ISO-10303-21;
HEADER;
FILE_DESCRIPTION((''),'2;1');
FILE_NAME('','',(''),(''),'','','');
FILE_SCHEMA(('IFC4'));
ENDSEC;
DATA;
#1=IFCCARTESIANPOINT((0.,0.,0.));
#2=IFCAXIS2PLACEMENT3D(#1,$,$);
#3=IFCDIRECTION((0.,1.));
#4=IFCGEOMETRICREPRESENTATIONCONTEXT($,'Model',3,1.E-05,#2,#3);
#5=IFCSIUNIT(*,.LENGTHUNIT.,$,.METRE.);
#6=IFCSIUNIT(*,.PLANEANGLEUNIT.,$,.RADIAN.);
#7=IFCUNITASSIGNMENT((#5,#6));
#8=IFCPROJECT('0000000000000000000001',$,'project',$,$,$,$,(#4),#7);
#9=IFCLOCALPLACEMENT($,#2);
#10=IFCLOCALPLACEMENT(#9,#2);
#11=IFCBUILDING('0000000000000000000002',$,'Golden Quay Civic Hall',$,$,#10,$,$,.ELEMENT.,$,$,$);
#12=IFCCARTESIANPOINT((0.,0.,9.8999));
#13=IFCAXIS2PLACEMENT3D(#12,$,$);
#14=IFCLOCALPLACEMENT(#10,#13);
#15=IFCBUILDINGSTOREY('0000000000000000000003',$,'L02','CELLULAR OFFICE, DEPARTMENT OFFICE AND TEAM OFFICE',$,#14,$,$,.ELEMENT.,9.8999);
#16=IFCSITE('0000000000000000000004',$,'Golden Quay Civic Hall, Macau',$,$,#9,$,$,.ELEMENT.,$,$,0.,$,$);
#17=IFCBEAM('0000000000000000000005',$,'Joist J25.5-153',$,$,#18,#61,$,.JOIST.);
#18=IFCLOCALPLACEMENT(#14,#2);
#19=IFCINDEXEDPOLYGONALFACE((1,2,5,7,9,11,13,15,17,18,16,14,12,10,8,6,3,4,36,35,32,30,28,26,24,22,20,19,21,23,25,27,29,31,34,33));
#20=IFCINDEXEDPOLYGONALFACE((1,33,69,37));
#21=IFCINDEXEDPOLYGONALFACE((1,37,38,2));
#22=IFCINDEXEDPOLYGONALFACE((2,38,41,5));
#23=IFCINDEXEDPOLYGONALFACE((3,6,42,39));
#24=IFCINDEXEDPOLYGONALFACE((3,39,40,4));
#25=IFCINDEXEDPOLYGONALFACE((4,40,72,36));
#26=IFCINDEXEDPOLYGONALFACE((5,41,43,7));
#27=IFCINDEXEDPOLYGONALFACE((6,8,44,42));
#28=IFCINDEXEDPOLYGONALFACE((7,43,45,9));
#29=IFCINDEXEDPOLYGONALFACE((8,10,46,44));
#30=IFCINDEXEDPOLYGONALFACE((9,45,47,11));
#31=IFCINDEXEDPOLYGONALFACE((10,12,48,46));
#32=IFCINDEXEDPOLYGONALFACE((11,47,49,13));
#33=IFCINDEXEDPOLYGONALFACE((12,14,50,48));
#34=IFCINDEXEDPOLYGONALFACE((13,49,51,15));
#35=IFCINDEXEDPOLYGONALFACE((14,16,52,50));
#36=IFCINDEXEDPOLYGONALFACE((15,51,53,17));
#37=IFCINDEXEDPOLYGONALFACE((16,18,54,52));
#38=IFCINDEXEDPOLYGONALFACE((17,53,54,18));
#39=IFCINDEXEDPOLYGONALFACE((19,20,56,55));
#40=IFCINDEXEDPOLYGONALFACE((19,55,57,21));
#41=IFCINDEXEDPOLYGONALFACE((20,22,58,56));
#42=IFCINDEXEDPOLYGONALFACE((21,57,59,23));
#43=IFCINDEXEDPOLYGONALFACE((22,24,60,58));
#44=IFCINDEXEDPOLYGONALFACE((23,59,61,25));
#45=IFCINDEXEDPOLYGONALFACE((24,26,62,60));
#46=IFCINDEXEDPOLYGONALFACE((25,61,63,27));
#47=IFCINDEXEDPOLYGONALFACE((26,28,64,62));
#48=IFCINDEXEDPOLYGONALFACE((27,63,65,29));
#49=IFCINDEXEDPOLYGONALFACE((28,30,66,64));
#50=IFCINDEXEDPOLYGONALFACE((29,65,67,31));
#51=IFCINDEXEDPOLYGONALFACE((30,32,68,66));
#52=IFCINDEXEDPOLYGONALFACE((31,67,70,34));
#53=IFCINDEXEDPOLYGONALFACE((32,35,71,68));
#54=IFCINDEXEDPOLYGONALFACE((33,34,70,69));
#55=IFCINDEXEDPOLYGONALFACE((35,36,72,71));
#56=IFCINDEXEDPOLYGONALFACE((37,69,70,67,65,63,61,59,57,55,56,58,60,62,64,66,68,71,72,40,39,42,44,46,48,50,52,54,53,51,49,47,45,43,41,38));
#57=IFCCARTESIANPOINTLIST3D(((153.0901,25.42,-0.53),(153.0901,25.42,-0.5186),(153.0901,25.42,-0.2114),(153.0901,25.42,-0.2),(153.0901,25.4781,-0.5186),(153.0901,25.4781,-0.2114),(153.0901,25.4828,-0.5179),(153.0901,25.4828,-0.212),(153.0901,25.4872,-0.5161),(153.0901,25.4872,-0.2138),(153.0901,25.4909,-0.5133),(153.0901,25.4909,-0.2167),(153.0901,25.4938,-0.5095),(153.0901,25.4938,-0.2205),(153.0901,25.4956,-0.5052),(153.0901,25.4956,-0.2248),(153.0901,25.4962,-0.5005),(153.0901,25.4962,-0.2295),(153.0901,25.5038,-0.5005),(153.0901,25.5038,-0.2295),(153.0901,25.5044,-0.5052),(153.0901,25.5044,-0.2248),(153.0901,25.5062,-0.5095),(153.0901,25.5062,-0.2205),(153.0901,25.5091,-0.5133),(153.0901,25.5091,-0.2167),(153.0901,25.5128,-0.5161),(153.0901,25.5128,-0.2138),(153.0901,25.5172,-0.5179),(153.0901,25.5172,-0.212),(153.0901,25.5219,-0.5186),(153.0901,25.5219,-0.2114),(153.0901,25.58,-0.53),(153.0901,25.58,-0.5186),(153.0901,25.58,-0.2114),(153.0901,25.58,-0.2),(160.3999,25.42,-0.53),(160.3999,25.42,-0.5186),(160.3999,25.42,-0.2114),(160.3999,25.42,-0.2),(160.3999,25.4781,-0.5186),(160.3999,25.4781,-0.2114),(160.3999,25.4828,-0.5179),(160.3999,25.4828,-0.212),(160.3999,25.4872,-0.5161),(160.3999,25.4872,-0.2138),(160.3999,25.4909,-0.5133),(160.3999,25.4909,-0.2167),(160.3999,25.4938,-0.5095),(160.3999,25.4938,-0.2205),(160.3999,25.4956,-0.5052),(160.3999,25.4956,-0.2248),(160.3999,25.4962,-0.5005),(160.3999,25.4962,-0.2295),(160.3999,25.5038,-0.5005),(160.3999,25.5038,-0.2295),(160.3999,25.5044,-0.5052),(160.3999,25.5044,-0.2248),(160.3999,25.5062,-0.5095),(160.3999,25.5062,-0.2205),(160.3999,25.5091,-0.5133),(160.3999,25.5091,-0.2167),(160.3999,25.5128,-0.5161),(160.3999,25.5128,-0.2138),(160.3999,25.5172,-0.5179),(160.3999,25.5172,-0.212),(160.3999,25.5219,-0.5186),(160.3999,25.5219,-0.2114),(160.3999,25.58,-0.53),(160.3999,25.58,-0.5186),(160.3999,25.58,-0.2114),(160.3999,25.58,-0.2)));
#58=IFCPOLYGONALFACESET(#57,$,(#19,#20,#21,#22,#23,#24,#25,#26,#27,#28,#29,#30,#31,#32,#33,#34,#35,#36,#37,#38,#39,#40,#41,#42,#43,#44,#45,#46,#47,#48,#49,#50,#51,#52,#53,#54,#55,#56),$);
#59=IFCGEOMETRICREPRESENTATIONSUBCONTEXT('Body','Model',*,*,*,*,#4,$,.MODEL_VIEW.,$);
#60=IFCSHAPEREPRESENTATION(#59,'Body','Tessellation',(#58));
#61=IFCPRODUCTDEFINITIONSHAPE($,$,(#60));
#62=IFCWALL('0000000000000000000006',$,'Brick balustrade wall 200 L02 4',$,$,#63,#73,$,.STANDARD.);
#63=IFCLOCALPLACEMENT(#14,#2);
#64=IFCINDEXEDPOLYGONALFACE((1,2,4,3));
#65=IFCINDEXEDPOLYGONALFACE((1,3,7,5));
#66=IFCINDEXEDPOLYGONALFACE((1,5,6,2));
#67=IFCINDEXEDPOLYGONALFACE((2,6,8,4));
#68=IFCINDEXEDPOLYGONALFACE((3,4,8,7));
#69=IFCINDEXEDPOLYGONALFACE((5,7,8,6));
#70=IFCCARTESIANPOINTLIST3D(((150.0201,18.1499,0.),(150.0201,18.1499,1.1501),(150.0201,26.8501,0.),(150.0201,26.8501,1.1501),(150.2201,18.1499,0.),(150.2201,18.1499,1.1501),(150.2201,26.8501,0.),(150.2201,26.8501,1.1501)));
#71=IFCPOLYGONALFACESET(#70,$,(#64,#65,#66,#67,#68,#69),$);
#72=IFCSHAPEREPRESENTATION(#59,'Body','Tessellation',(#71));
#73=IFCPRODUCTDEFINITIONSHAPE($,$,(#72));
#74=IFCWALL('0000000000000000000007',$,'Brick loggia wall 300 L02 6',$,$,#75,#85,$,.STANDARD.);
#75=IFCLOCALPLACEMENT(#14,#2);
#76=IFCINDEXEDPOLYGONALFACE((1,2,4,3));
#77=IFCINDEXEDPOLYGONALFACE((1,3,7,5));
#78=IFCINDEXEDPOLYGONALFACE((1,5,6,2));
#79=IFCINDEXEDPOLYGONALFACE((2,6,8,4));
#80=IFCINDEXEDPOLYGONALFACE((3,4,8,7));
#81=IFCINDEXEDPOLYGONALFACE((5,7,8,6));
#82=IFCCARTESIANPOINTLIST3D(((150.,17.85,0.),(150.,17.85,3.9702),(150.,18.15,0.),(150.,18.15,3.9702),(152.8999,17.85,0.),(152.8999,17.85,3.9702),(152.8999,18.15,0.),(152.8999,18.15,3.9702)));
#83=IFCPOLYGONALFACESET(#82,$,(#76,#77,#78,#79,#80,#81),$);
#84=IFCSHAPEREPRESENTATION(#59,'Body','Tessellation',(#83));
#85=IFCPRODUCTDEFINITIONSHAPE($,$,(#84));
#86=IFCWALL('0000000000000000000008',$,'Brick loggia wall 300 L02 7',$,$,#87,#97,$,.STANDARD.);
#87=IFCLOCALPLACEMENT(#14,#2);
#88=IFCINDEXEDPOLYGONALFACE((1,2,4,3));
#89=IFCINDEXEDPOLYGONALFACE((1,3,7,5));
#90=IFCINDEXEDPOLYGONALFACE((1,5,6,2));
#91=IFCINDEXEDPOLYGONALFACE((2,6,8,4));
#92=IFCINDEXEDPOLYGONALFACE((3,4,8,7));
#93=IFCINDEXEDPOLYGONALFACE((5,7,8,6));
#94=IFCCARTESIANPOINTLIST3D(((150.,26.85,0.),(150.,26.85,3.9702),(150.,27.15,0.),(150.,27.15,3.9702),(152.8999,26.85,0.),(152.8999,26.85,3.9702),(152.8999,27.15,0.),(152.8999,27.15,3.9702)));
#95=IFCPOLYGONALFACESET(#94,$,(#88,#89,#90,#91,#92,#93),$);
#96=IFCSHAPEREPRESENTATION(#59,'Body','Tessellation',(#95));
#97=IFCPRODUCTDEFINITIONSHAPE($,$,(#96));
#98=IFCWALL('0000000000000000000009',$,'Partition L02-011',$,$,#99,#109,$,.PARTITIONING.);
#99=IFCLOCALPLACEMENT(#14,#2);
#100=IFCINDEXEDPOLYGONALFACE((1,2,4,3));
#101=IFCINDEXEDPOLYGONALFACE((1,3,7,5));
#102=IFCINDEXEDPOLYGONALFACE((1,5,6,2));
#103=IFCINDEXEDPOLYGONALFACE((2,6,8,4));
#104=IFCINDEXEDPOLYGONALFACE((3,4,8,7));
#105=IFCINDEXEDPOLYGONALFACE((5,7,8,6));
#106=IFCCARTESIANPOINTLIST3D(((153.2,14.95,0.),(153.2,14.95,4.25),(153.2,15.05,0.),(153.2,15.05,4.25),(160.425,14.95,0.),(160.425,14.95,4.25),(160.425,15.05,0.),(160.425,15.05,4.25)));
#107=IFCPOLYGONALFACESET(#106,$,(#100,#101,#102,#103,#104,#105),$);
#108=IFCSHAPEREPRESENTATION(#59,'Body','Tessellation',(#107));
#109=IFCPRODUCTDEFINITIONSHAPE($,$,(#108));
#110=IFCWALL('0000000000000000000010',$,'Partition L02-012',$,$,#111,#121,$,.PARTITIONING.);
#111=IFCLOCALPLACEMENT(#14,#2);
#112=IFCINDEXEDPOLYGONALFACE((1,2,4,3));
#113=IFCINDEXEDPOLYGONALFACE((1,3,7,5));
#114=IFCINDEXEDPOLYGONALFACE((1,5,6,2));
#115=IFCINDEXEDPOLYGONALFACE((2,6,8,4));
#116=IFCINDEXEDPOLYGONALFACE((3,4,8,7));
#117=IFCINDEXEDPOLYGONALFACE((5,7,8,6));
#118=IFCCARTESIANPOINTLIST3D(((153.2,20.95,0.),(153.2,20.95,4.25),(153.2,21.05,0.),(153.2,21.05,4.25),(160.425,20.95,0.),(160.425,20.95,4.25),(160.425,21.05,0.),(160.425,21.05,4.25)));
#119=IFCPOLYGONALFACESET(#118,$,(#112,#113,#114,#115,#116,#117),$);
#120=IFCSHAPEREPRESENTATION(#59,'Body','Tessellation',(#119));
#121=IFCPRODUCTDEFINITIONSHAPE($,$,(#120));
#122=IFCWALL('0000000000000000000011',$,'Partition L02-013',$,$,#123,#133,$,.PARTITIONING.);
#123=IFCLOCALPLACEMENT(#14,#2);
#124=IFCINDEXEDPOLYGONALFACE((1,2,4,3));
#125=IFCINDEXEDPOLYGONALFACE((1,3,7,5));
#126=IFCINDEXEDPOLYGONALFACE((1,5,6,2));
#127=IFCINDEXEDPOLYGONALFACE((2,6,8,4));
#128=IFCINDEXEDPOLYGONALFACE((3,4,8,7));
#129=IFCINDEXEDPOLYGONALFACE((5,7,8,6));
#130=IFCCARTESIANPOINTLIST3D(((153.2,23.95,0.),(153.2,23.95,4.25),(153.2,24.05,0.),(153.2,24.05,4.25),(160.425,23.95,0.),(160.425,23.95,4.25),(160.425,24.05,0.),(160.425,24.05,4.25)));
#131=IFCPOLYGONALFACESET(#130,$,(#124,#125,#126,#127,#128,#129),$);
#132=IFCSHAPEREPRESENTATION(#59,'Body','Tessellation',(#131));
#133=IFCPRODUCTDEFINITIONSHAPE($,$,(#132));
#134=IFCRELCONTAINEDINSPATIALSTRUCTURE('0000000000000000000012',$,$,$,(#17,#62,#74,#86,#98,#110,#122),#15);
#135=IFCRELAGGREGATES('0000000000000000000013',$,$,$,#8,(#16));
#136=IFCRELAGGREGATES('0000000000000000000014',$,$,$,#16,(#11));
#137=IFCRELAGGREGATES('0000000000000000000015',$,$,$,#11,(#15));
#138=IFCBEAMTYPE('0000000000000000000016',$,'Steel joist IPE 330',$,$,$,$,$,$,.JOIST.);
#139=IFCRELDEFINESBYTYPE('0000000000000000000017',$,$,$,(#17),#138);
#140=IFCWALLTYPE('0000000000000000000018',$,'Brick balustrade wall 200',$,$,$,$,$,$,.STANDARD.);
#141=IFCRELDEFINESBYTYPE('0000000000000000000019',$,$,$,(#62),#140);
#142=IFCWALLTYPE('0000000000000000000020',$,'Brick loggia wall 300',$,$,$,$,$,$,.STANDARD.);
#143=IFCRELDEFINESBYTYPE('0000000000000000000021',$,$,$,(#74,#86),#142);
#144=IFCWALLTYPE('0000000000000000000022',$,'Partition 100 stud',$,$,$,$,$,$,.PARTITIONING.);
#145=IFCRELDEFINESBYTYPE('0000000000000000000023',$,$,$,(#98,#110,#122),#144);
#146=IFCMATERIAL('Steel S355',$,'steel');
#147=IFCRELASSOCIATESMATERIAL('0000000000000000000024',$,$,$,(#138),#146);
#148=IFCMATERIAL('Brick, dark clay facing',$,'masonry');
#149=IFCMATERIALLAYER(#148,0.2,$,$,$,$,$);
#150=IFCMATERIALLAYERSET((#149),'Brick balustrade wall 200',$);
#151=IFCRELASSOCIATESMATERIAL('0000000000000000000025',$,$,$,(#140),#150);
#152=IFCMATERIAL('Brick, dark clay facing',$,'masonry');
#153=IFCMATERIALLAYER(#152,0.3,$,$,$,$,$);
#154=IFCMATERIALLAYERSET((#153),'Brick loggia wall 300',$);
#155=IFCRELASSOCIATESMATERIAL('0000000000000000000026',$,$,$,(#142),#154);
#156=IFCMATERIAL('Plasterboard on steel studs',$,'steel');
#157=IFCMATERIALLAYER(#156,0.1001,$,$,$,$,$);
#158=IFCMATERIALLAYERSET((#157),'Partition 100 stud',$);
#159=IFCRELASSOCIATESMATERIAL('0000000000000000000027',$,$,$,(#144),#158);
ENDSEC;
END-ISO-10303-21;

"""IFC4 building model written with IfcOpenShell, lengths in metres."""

from ifc_helpers import new_model, si_unit, direction, frame, frame_2d, origin, origin_2d, place, context, subcontext, project, spatial, rectangle, i_section, extrude, material, layer, layer_set, material_profile, profile_set, type_object, element, save


model = new_model("IFC4")

# Units and contexts
model_context = context("Model", 3, precision=1e-05, world=origin(), true_north=direction((0.0, 1.0)))
body_context = subcontext(model_context, "Body", "Model", "MODEL_VIEW")
ifc_project = project(units=[si_unit("LENGTHUNIT", "METRE"), si_unit("PLANEANGLEUNIT", "RADIAN")], contexts=[model_context])

# Site, building, storey
site_placement = place(None, origin())
site = spatial("IfcSite", under=ifc_project, at=site_placement, Name="Golden Quay Civic Hall, Macau", CompositionType="ELEMENT", RefElevation=0.0)
building_placement = place(site_placement, origin())
building = spatial("IfcBuilding", under=site, at=building_placement, Name="Golden Quay Civic Hall", CompositionType="ELEMENT")
storey_placement = place(building_placement, frame((0.0, 0.0, 9.8999)))
storey = spatial("IfcBuildingStorey", under=building, at=storey_placement, Name="L02", Description="CELLULAR OFFICE, DEPARTMENT OFFICE AND TEAM OFFICE", CompositionType="ELEMENT", Elevation=9.8999)

# Beam
ifc_material_1 = material(Name="Steel S355", Category="steel")
ifc_material_profile_1 = material_profile(ifc_material_1, i_section(OverallWidth=0.1599, OverallDepth=0.3301, WebThickness=0.0076, FlangeThickness=0.0115, FilletRadius=0.0181, at=origin_2d()), Name="IPE 330")
ifc_profile_set_1 = profile_set([ifc_material_profile_1], Name="Steel S355")
beam_type_1 = type_object("IfcBeamType", Name="Steel joist IPE 330", PredefinedType="JOIST", material=ifc_profile_set_1)
for number, where, z_axis, x_axis, name in (
    (1, (153.0901, 25.5, -0.365), (1.0, 0.0, 0.0), (0.0, 1.0, 0.0), "Joist J25.5-153"),
):
    element("IfcBeam", number, at=place(storey_placement, frame(where, z_axis=z_axis, x_axis=x_axis)), inside=storey, type_object=beam_type_1, Name=name, PredefinedType="JOIST", context=body_context, shape_type="SweptSolid", body=[
        extrude(i_section(OverallWidth=0.1599, OverallDepth=0.3301, WebThickness=0.0076, FlangeThickness=0.0115, FilletRadius=0.0181, at=origin_2d()), origin(), (0.0, 0.0, 1.0), 7.3098),
    ])

# Wall
ifc_material_2 = material(Name="Brick, dark clay facing", Category="masonry")
ifc_layer_1 = layer(ifc_material_2, 0.2)
ifc_layer_set_1 = layer_set([ifc_layer_1], Name="Brick balustrade wall 200")
wall_type_1 = type_object("IfcWallType", Name="Brick balustrade wall 200", PredefinedType="STANDARD", material=ifc_layer_set_1)
wall_1_placement = place(storey_placement, frame((150.1201, 18.1499, 0.0), z_axis=(0.0, 0.0, 1.0), x_axis=(0.0, 1.0, 0.0)))
element("IfcWall", 2, at=wall_1_placement, inside=storey, type_object=wall_type_1, Name="Brick balustrade wall 200 L02 4", PredefinedType="STANDARD", context=body_context, shape_type="SweptSolid", body=[
    extrude(rectangle(XDim=8.7002, YDim=0.2, at=frame_2d((4.3501, 0.0))), origin(), (0.0, 0.0, 1.0), 1.1501),
])

# Walls
ifc_material_3 = material(Name="Brick, dark clay facing", Category="masonry")
ifc_layer_2 = layer(ifc_material_3, 0.3)
ifc_layer_set_2 = layer_set([ifc_layer_2], Name="Brick loggia wall 300")
wall_type_2 = type_object("IfcWallType", Name="Brick loggia wall 300", PredefinedType="STANDARD", material=ifc_layer_set_2)
for number, where, z_axis, x_axis, name in (
    (3, (152.8999, 18.0, 0.0), (0.0, 0.0, 1.0), (-1.0, 0.0, 0.0), "Brick loggia wall 300 L02 6"),
    (4, (152.8999, 27.0, 0.0), (0.0, 0.0, 1.0), (-1.0, 0.0, 0.0), "Brick loggia wall 300 L02 7"),
):
    element("IfcWall", number, at=place(storey_placement, frame(where, z_axis=z_axis, x_axis=x_axis)), inside=storey, type_object=wall_type_2, Name=name, PredefinedType="STANDARD", context=body_context, shape_type="SweptSolid", body=[
        extrude(rectangle(XDim=2.8999, YDim=0.3, at=frame_2d((1.45, 0.0))), origin(), (0.0, 0.0, 1.0), 3.9702),
    ])
ifc_material_4 = material(Name="Plasterboard on steel studs", Category="steel")
ifc_layer_3 = layer(ifc_material_4, 0.1001)
ifc_layer_set_3 = layer_set([ifc_layer_3], Name="Partition 100 stud")
wall_type_3 = type_object("IfcWallType", Name="Partition 100 stud", PredefinedType="PARTITIONING", material=ifc_layer_set_3)
for number, where, z_axis, x_axis, name in (
    (5, (153.2, 15.0, 0.0), (0.0, 0.0, 1.0), (1.0, 0.0, 0.0), "Partition L02-011"),
    (6, (153.2, 21.0, 0.0), (0.0, 0.0, 1.0), (1.0, 0.0, 0.0), "Partition L02-012"),
    (7, (153.2, 24.0, 0.0), (0.0, 0.0, 1.0), (1.0, 0.0, 0.0), "Partition L02-013"),
):
    element("IfcWall", number, at=place(storey_placement, frame(where, z_axis=z_axis, x_axis=x_axis)), inside=storey, type_object=wall_type_3, Name=name, PredefinedType="PARTITIONING", context=body_context, shape_type="SweptSolid", body=[
        extrude(rectangle(XDim=7.2251, YDim=0.1001, at=frame_2d((3.6125, 0.0))), origin(), (0.0, 0.0, 1.0), 4.25),
    ])

save(model, "model.ifc")
